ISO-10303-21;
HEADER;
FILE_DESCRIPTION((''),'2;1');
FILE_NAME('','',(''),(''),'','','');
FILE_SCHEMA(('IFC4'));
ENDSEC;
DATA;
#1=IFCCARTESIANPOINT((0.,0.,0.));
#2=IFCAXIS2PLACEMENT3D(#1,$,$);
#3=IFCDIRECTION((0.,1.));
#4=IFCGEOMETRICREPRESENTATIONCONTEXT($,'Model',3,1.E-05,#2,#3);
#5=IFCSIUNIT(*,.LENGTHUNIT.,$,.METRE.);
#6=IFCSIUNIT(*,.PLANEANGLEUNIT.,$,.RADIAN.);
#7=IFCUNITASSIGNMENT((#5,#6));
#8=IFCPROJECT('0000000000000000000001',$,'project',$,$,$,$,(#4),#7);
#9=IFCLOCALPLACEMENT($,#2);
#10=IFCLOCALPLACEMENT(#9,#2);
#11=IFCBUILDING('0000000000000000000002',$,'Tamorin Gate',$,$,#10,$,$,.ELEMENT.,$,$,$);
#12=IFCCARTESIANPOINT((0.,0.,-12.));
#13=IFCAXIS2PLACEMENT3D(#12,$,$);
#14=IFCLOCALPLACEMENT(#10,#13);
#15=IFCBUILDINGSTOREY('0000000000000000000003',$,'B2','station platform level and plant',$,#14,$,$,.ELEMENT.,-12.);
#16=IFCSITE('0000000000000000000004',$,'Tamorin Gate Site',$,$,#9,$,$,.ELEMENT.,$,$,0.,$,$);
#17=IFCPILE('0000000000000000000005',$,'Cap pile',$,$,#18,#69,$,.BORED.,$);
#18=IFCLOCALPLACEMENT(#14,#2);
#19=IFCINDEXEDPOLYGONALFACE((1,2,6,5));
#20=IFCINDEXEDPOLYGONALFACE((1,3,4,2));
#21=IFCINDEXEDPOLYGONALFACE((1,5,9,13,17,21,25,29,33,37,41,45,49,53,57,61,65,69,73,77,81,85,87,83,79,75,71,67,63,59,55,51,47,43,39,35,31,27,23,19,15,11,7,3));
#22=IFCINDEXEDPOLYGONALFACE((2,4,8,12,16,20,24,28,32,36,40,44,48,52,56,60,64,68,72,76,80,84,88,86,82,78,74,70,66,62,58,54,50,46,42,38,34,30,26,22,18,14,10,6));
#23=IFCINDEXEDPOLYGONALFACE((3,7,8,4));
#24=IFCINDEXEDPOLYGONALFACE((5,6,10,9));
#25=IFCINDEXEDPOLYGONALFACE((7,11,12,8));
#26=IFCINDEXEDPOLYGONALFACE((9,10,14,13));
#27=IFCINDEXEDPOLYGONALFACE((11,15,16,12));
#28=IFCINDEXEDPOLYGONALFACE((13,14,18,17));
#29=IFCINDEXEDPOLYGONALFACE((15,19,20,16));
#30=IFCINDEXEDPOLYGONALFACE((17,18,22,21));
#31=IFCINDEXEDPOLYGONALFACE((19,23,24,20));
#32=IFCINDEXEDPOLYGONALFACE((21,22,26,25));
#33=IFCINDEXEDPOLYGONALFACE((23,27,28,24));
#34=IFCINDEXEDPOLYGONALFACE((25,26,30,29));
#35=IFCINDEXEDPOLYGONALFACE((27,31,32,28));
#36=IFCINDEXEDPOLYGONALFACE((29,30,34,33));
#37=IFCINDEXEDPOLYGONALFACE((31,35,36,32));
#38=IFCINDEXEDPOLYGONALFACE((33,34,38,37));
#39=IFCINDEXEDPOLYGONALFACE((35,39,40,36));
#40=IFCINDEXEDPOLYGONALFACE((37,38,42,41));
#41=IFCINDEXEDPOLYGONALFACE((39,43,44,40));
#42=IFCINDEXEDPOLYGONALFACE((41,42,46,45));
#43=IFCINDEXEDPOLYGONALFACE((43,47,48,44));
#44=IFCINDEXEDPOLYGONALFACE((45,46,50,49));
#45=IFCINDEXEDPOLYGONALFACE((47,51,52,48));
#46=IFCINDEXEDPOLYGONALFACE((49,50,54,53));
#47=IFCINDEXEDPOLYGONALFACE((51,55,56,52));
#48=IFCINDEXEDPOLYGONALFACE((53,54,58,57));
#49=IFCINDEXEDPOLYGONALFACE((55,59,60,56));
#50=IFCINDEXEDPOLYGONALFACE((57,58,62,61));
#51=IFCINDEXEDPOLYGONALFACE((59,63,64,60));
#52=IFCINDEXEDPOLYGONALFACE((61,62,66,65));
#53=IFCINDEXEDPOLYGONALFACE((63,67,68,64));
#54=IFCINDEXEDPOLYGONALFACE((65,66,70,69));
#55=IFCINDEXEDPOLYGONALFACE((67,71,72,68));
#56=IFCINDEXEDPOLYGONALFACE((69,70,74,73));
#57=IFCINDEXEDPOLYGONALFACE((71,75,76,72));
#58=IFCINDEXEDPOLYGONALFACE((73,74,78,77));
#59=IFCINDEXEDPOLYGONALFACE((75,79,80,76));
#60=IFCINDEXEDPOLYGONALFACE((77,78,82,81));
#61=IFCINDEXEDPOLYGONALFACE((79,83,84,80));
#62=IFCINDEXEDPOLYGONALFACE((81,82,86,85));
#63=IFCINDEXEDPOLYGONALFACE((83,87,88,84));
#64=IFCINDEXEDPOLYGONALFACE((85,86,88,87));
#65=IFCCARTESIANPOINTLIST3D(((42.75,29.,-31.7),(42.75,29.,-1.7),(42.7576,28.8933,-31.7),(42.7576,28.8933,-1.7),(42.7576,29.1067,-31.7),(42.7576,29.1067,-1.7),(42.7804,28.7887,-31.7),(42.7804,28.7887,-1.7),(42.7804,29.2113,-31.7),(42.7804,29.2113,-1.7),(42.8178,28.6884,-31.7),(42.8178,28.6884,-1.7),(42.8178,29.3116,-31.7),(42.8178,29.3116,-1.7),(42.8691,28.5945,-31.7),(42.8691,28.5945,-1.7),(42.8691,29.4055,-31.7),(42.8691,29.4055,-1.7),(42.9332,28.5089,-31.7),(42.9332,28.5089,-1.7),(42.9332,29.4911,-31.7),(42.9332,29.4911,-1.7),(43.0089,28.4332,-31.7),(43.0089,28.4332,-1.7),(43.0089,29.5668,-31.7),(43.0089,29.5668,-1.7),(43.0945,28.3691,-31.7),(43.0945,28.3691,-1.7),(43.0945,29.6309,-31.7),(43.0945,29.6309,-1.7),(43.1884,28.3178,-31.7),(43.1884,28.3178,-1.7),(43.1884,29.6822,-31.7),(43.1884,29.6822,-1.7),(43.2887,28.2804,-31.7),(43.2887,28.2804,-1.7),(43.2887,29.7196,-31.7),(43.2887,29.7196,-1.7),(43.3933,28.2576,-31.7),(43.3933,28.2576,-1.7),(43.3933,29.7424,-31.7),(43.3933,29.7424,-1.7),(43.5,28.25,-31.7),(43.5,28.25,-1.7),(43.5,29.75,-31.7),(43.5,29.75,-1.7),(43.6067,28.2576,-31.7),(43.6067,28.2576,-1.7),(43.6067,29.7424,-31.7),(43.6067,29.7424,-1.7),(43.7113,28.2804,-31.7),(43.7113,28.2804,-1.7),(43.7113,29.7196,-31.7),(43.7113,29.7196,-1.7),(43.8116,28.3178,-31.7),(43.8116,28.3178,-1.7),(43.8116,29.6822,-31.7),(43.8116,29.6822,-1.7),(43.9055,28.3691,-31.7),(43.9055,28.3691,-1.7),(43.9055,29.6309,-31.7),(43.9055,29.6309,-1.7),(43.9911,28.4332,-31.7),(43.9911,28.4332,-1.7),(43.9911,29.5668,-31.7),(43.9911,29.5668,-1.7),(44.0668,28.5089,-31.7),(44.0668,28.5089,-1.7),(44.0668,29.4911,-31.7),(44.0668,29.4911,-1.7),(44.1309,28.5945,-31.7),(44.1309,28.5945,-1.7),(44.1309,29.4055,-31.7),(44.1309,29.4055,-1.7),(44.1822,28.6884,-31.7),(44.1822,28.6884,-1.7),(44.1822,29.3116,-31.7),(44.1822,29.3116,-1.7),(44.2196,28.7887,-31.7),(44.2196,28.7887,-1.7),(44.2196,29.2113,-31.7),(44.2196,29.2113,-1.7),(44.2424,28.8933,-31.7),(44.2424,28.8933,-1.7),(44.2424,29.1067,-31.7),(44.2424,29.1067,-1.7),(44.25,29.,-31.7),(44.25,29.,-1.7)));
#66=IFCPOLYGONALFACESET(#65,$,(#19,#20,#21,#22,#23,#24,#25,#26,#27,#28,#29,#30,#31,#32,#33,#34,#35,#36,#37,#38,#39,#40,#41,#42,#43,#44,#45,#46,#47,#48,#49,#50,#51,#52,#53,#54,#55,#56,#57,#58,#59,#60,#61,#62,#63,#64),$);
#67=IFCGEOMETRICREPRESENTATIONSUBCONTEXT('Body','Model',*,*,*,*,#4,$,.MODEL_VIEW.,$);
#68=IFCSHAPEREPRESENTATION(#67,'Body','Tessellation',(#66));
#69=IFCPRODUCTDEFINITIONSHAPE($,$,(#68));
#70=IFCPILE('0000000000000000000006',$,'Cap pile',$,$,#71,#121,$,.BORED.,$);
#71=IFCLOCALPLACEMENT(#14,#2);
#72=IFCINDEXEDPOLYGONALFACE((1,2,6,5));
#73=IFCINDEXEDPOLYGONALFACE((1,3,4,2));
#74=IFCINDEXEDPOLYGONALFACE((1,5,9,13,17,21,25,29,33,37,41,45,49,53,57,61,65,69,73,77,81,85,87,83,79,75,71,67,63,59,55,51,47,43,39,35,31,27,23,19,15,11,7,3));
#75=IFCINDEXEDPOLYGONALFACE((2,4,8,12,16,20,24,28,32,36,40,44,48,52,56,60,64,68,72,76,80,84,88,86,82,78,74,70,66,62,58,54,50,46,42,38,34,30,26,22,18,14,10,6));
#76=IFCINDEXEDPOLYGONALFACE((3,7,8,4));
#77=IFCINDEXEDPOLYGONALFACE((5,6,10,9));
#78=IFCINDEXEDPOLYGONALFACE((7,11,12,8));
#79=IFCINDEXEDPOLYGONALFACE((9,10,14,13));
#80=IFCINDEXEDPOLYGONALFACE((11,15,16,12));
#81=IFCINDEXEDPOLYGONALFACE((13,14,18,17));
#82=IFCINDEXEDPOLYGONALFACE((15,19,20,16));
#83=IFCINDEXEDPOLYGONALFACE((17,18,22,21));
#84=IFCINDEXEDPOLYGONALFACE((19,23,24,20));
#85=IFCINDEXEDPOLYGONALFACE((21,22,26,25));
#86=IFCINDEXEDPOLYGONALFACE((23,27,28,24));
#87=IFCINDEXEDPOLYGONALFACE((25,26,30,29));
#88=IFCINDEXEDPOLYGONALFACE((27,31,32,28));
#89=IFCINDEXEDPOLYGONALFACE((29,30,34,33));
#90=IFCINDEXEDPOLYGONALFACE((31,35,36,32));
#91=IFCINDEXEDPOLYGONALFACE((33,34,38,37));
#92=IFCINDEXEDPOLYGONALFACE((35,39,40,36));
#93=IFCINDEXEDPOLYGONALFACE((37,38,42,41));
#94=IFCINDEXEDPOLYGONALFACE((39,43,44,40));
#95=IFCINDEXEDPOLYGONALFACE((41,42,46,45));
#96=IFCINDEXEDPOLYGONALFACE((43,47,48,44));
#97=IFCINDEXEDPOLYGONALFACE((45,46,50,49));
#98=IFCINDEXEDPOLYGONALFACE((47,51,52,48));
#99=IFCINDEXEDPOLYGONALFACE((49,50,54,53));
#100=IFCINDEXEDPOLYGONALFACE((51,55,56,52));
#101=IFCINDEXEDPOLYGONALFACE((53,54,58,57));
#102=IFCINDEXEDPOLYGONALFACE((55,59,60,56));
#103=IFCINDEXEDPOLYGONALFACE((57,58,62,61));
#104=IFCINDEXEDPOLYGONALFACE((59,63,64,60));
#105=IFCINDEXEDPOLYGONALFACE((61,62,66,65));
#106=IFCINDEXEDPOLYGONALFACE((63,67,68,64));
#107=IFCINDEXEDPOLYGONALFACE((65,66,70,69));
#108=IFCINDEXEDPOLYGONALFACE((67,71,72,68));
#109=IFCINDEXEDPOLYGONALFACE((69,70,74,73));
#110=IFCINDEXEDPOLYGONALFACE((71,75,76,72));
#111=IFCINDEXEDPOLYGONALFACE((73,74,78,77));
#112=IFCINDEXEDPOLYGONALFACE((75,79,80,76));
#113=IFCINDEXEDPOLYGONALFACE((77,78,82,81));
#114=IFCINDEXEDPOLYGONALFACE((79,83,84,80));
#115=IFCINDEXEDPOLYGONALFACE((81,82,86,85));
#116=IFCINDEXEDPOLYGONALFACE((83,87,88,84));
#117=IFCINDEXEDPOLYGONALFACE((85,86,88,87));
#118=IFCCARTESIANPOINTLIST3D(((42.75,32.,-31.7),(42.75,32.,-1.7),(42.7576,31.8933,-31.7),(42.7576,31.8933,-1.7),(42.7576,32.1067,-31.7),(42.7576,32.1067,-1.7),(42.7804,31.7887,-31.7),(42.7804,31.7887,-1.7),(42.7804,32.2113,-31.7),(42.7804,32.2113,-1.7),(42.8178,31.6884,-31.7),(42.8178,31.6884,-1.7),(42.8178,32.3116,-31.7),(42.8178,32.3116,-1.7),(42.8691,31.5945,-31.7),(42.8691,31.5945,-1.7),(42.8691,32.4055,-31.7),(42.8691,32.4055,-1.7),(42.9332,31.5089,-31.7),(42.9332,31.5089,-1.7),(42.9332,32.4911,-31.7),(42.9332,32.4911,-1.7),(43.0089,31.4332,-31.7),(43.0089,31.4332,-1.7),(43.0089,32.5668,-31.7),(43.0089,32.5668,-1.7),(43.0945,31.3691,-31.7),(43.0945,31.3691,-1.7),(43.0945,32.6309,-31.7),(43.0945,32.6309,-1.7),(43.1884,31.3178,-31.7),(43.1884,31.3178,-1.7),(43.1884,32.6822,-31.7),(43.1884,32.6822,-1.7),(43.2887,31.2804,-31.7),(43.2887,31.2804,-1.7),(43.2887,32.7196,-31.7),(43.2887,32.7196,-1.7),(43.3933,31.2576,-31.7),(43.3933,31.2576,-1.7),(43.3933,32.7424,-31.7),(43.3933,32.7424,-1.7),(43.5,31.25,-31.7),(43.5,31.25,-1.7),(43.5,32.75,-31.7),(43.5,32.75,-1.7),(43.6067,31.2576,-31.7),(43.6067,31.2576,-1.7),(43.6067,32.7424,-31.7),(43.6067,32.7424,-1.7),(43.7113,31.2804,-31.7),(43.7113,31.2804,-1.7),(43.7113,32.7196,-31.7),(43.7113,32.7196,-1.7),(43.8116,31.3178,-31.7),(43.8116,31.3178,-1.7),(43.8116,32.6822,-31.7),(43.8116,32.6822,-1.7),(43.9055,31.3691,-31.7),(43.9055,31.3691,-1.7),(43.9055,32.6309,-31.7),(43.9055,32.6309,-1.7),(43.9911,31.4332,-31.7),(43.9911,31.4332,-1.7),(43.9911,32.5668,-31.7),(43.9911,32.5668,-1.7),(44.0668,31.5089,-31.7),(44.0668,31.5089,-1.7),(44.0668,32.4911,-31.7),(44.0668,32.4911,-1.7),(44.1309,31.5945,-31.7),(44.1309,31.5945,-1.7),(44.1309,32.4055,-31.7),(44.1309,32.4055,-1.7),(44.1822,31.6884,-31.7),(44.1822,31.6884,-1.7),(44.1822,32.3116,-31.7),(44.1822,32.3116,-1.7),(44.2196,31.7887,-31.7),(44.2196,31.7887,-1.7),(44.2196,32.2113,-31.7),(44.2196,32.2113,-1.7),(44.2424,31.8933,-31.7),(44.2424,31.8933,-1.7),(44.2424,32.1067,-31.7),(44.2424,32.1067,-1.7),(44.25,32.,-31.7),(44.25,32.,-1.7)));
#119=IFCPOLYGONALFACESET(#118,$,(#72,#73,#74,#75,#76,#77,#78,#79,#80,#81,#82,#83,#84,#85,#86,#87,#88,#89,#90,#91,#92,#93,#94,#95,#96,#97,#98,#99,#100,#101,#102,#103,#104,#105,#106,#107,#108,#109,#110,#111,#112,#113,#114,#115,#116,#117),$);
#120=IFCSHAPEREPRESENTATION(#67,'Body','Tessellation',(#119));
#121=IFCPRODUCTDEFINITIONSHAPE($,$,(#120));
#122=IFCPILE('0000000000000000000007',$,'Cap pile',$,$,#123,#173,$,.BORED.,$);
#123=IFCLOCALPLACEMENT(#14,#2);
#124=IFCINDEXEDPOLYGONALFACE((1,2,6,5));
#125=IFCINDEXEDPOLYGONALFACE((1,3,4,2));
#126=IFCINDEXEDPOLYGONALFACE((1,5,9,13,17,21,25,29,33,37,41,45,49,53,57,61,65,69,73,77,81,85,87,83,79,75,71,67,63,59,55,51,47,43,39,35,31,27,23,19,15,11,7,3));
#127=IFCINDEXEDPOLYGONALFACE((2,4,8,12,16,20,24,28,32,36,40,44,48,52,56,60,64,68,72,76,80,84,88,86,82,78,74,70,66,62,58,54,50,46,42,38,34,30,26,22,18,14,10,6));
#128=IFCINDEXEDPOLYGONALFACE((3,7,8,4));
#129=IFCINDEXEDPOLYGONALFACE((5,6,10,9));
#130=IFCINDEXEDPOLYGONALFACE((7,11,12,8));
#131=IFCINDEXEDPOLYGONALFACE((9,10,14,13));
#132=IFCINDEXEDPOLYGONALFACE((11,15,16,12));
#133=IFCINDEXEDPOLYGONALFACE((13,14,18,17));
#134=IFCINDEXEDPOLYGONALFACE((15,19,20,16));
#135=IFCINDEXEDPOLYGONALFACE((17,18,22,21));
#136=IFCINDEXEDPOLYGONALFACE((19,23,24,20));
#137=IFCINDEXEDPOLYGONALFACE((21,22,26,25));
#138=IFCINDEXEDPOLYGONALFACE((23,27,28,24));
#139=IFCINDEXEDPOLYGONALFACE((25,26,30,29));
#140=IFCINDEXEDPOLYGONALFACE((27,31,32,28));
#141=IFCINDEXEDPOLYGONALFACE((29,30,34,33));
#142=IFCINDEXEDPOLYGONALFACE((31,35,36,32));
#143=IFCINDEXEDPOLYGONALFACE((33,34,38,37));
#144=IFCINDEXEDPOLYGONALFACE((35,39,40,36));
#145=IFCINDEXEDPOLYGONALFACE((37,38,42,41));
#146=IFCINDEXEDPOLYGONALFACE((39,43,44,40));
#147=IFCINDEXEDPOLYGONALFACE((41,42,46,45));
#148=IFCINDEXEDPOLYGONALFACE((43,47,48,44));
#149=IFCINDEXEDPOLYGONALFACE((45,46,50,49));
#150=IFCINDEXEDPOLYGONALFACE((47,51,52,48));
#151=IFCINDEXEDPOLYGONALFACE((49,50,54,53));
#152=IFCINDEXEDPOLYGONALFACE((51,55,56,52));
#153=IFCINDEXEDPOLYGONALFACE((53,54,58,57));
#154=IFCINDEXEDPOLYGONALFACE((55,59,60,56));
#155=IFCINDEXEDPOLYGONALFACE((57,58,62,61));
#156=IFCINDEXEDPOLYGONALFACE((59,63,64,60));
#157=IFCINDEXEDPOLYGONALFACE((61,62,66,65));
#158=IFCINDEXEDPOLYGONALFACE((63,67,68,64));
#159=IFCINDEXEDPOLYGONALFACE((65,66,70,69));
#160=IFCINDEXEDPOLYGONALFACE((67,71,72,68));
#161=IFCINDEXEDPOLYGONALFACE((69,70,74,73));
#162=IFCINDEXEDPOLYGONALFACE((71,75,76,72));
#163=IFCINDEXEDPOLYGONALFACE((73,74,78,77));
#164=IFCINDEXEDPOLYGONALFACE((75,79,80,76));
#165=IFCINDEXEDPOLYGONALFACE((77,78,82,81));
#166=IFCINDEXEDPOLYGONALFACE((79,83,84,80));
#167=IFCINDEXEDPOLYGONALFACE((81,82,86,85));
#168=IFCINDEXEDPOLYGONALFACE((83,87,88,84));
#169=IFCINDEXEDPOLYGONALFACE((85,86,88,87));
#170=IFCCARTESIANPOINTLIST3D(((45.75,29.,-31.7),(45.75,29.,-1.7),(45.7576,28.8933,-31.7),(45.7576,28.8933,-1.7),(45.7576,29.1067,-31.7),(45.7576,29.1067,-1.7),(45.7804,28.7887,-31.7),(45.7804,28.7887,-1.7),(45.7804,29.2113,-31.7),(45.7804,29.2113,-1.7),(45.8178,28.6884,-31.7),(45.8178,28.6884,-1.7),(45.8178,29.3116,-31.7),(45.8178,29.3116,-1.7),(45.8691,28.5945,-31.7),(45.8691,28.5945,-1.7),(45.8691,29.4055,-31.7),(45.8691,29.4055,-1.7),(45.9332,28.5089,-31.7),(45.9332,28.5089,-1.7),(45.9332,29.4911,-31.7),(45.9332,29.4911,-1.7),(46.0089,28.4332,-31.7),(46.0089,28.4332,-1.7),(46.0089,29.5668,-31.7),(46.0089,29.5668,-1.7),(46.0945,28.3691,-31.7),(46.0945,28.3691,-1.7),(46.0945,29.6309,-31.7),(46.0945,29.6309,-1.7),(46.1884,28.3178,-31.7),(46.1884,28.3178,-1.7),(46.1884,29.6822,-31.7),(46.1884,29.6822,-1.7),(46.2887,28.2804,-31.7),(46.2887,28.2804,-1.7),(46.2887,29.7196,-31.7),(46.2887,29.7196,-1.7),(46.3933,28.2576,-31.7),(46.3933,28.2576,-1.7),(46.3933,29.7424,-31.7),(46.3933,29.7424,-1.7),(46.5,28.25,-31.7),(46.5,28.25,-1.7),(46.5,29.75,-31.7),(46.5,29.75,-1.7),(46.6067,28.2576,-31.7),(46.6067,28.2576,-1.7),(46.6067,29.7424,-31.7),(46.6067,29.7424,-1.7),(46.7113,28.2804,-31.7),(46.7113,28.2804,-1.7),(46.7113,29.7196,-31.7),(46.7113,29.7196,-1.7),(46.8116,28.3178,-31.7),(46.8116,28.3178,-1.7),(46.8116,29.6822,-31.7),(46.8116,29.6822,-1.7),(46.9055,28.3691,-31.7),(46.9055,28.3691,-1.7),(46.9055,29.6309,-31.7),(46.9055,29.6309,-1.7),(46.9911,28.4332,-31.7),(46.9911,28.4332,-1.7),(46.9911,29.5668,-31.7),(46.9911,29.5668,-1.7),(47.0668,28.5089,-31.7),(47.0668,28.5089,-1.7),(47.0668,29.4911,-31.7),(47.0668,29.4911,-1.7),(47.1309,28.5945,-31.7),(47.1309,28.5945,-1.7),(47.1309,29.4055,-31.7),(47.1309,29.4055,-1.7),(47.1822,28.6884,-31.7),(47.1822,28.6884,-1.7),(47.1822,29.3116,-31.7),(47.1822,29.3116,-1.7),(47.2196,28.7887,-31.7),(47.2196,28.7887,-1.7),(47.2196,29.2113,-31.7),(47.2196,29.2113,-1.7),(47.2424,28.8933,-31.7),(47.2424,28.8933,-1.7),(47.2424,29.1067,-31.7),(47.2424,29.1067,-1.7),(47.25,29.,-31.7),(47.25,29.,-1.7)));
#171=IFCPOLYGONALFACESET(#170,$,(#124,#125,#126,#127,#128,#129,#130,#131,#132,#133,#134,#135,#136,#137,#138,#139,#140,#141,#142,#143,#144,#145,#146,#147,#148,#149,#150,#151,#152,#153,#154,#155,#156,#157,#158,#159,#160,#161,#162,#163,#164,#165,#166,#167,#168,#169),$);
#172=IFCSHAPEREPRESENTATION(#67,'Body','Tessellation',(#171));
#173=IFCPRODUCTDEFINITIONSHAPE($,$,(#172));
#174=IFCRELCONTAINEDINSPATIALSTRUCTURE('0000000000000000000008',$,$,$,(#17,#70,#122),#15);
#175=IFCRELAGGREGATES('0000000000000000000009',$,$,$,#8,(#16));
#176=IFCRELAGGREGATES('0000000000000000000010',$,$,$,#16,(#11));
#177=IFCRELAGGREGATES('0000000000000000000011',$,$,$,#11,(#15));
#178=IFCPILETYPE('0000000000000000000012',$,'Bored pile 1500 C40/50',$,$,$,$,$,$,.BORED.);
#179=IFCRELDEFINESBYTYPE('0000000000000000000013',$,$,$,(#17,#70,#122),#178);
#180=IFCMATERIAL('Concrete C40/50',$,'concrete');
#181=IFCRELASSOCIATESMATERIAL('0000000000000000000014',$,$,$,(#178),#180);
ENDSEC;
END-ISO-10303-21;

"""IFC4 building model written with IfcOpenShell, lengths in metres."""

from ifc_helpers import new_model, si_unit, direction, frame, origin, origin_2d, place, context, subcontext, project, spatial, circle, extrude, material, material_profile, profile_set, type_object, element, save


model = new_model("IFC4")

# Units and contexts
model_context = context("Model", 3, precision=1e-05, world=origin(), true_north=direction((0.0, 1.0)))
body_context = subcontext(model_context, "Body", "Model", "MODEL_VIEW")
ifc_project = project(units=[si_unit("LENGTHUNIT", "METRE"), si_unit("PLANEANGLEUNIT", "RADIAN")], contexts=[model_context])

# Site, building, storey
site_placement = place(None, origin())
site = spatial("IfcSite", under=ifc_project, at=site_placement, Name="Tamorin Gate Site", CompositionType="ELEMENT", RefElevation=0.0)
building_placement = place(site_placement, origin())
building = spatial("IfcBuilding", under=site, at=building_placement, Name="Tamorin Gate", CompositionType="ELEMENT")
storey_placement = place(building_placement, frame((0.0, 0.0, -12.0)))
storey = spatial("IfcBuildingStorey", under=building, at=storey_placement, Name="B2", Description="station platform level and plant", CompositionType="ELEMENT", Elevation=-12.0)

# Piles
ifc_material_1 = material(Name="Concrete C40/50", Category="concrete")
ifc_material_profile_1 = material_profile(ifc_material_1, circle(Radius=0.75, at=origin_2d()))
ifc_profile_set_1 = profile_set([ifc_material_profile_1], Name="Concrete C40/50")
pile_type = type_object("IfcPileType", Name="Bored pile 1500 C40/50", PredefinedType="BORED", material=ifc_profile_set_1)
for number, where, z_axis, x_axis, name in (
    (1, (43.5, 29.0, -1.7), (0.0, 0.0, -1.0), (1.0, 0.0, 0.0), "Cap pile"),
    (2, (43.5, 32.0, -1.7), (0.0, 0.0, -1.0), (1.0, 0.0, 0.0), "Cap pile"),
    (3, (46.5, 29.0, -1.7), (0.0, 0.0, -1.0), (1.0, 0.0, 0.0), "Cap pile"),
):
    element("IfcPile", number, at=place(storey_placement, frame(where, z_axis=z_axis, x_axis=x_axis)), inside=storey, type_object=pile_type, Name=name, PredefinedType="BORED", context=body_context, shape_type="SweptSolid", body=[
        extrude(circle(Radius=0.75, at=origin_2d()), origin(), (0.0, 0.0, 1.0), 30.0),
    ])

save(model, "model.ifc")
